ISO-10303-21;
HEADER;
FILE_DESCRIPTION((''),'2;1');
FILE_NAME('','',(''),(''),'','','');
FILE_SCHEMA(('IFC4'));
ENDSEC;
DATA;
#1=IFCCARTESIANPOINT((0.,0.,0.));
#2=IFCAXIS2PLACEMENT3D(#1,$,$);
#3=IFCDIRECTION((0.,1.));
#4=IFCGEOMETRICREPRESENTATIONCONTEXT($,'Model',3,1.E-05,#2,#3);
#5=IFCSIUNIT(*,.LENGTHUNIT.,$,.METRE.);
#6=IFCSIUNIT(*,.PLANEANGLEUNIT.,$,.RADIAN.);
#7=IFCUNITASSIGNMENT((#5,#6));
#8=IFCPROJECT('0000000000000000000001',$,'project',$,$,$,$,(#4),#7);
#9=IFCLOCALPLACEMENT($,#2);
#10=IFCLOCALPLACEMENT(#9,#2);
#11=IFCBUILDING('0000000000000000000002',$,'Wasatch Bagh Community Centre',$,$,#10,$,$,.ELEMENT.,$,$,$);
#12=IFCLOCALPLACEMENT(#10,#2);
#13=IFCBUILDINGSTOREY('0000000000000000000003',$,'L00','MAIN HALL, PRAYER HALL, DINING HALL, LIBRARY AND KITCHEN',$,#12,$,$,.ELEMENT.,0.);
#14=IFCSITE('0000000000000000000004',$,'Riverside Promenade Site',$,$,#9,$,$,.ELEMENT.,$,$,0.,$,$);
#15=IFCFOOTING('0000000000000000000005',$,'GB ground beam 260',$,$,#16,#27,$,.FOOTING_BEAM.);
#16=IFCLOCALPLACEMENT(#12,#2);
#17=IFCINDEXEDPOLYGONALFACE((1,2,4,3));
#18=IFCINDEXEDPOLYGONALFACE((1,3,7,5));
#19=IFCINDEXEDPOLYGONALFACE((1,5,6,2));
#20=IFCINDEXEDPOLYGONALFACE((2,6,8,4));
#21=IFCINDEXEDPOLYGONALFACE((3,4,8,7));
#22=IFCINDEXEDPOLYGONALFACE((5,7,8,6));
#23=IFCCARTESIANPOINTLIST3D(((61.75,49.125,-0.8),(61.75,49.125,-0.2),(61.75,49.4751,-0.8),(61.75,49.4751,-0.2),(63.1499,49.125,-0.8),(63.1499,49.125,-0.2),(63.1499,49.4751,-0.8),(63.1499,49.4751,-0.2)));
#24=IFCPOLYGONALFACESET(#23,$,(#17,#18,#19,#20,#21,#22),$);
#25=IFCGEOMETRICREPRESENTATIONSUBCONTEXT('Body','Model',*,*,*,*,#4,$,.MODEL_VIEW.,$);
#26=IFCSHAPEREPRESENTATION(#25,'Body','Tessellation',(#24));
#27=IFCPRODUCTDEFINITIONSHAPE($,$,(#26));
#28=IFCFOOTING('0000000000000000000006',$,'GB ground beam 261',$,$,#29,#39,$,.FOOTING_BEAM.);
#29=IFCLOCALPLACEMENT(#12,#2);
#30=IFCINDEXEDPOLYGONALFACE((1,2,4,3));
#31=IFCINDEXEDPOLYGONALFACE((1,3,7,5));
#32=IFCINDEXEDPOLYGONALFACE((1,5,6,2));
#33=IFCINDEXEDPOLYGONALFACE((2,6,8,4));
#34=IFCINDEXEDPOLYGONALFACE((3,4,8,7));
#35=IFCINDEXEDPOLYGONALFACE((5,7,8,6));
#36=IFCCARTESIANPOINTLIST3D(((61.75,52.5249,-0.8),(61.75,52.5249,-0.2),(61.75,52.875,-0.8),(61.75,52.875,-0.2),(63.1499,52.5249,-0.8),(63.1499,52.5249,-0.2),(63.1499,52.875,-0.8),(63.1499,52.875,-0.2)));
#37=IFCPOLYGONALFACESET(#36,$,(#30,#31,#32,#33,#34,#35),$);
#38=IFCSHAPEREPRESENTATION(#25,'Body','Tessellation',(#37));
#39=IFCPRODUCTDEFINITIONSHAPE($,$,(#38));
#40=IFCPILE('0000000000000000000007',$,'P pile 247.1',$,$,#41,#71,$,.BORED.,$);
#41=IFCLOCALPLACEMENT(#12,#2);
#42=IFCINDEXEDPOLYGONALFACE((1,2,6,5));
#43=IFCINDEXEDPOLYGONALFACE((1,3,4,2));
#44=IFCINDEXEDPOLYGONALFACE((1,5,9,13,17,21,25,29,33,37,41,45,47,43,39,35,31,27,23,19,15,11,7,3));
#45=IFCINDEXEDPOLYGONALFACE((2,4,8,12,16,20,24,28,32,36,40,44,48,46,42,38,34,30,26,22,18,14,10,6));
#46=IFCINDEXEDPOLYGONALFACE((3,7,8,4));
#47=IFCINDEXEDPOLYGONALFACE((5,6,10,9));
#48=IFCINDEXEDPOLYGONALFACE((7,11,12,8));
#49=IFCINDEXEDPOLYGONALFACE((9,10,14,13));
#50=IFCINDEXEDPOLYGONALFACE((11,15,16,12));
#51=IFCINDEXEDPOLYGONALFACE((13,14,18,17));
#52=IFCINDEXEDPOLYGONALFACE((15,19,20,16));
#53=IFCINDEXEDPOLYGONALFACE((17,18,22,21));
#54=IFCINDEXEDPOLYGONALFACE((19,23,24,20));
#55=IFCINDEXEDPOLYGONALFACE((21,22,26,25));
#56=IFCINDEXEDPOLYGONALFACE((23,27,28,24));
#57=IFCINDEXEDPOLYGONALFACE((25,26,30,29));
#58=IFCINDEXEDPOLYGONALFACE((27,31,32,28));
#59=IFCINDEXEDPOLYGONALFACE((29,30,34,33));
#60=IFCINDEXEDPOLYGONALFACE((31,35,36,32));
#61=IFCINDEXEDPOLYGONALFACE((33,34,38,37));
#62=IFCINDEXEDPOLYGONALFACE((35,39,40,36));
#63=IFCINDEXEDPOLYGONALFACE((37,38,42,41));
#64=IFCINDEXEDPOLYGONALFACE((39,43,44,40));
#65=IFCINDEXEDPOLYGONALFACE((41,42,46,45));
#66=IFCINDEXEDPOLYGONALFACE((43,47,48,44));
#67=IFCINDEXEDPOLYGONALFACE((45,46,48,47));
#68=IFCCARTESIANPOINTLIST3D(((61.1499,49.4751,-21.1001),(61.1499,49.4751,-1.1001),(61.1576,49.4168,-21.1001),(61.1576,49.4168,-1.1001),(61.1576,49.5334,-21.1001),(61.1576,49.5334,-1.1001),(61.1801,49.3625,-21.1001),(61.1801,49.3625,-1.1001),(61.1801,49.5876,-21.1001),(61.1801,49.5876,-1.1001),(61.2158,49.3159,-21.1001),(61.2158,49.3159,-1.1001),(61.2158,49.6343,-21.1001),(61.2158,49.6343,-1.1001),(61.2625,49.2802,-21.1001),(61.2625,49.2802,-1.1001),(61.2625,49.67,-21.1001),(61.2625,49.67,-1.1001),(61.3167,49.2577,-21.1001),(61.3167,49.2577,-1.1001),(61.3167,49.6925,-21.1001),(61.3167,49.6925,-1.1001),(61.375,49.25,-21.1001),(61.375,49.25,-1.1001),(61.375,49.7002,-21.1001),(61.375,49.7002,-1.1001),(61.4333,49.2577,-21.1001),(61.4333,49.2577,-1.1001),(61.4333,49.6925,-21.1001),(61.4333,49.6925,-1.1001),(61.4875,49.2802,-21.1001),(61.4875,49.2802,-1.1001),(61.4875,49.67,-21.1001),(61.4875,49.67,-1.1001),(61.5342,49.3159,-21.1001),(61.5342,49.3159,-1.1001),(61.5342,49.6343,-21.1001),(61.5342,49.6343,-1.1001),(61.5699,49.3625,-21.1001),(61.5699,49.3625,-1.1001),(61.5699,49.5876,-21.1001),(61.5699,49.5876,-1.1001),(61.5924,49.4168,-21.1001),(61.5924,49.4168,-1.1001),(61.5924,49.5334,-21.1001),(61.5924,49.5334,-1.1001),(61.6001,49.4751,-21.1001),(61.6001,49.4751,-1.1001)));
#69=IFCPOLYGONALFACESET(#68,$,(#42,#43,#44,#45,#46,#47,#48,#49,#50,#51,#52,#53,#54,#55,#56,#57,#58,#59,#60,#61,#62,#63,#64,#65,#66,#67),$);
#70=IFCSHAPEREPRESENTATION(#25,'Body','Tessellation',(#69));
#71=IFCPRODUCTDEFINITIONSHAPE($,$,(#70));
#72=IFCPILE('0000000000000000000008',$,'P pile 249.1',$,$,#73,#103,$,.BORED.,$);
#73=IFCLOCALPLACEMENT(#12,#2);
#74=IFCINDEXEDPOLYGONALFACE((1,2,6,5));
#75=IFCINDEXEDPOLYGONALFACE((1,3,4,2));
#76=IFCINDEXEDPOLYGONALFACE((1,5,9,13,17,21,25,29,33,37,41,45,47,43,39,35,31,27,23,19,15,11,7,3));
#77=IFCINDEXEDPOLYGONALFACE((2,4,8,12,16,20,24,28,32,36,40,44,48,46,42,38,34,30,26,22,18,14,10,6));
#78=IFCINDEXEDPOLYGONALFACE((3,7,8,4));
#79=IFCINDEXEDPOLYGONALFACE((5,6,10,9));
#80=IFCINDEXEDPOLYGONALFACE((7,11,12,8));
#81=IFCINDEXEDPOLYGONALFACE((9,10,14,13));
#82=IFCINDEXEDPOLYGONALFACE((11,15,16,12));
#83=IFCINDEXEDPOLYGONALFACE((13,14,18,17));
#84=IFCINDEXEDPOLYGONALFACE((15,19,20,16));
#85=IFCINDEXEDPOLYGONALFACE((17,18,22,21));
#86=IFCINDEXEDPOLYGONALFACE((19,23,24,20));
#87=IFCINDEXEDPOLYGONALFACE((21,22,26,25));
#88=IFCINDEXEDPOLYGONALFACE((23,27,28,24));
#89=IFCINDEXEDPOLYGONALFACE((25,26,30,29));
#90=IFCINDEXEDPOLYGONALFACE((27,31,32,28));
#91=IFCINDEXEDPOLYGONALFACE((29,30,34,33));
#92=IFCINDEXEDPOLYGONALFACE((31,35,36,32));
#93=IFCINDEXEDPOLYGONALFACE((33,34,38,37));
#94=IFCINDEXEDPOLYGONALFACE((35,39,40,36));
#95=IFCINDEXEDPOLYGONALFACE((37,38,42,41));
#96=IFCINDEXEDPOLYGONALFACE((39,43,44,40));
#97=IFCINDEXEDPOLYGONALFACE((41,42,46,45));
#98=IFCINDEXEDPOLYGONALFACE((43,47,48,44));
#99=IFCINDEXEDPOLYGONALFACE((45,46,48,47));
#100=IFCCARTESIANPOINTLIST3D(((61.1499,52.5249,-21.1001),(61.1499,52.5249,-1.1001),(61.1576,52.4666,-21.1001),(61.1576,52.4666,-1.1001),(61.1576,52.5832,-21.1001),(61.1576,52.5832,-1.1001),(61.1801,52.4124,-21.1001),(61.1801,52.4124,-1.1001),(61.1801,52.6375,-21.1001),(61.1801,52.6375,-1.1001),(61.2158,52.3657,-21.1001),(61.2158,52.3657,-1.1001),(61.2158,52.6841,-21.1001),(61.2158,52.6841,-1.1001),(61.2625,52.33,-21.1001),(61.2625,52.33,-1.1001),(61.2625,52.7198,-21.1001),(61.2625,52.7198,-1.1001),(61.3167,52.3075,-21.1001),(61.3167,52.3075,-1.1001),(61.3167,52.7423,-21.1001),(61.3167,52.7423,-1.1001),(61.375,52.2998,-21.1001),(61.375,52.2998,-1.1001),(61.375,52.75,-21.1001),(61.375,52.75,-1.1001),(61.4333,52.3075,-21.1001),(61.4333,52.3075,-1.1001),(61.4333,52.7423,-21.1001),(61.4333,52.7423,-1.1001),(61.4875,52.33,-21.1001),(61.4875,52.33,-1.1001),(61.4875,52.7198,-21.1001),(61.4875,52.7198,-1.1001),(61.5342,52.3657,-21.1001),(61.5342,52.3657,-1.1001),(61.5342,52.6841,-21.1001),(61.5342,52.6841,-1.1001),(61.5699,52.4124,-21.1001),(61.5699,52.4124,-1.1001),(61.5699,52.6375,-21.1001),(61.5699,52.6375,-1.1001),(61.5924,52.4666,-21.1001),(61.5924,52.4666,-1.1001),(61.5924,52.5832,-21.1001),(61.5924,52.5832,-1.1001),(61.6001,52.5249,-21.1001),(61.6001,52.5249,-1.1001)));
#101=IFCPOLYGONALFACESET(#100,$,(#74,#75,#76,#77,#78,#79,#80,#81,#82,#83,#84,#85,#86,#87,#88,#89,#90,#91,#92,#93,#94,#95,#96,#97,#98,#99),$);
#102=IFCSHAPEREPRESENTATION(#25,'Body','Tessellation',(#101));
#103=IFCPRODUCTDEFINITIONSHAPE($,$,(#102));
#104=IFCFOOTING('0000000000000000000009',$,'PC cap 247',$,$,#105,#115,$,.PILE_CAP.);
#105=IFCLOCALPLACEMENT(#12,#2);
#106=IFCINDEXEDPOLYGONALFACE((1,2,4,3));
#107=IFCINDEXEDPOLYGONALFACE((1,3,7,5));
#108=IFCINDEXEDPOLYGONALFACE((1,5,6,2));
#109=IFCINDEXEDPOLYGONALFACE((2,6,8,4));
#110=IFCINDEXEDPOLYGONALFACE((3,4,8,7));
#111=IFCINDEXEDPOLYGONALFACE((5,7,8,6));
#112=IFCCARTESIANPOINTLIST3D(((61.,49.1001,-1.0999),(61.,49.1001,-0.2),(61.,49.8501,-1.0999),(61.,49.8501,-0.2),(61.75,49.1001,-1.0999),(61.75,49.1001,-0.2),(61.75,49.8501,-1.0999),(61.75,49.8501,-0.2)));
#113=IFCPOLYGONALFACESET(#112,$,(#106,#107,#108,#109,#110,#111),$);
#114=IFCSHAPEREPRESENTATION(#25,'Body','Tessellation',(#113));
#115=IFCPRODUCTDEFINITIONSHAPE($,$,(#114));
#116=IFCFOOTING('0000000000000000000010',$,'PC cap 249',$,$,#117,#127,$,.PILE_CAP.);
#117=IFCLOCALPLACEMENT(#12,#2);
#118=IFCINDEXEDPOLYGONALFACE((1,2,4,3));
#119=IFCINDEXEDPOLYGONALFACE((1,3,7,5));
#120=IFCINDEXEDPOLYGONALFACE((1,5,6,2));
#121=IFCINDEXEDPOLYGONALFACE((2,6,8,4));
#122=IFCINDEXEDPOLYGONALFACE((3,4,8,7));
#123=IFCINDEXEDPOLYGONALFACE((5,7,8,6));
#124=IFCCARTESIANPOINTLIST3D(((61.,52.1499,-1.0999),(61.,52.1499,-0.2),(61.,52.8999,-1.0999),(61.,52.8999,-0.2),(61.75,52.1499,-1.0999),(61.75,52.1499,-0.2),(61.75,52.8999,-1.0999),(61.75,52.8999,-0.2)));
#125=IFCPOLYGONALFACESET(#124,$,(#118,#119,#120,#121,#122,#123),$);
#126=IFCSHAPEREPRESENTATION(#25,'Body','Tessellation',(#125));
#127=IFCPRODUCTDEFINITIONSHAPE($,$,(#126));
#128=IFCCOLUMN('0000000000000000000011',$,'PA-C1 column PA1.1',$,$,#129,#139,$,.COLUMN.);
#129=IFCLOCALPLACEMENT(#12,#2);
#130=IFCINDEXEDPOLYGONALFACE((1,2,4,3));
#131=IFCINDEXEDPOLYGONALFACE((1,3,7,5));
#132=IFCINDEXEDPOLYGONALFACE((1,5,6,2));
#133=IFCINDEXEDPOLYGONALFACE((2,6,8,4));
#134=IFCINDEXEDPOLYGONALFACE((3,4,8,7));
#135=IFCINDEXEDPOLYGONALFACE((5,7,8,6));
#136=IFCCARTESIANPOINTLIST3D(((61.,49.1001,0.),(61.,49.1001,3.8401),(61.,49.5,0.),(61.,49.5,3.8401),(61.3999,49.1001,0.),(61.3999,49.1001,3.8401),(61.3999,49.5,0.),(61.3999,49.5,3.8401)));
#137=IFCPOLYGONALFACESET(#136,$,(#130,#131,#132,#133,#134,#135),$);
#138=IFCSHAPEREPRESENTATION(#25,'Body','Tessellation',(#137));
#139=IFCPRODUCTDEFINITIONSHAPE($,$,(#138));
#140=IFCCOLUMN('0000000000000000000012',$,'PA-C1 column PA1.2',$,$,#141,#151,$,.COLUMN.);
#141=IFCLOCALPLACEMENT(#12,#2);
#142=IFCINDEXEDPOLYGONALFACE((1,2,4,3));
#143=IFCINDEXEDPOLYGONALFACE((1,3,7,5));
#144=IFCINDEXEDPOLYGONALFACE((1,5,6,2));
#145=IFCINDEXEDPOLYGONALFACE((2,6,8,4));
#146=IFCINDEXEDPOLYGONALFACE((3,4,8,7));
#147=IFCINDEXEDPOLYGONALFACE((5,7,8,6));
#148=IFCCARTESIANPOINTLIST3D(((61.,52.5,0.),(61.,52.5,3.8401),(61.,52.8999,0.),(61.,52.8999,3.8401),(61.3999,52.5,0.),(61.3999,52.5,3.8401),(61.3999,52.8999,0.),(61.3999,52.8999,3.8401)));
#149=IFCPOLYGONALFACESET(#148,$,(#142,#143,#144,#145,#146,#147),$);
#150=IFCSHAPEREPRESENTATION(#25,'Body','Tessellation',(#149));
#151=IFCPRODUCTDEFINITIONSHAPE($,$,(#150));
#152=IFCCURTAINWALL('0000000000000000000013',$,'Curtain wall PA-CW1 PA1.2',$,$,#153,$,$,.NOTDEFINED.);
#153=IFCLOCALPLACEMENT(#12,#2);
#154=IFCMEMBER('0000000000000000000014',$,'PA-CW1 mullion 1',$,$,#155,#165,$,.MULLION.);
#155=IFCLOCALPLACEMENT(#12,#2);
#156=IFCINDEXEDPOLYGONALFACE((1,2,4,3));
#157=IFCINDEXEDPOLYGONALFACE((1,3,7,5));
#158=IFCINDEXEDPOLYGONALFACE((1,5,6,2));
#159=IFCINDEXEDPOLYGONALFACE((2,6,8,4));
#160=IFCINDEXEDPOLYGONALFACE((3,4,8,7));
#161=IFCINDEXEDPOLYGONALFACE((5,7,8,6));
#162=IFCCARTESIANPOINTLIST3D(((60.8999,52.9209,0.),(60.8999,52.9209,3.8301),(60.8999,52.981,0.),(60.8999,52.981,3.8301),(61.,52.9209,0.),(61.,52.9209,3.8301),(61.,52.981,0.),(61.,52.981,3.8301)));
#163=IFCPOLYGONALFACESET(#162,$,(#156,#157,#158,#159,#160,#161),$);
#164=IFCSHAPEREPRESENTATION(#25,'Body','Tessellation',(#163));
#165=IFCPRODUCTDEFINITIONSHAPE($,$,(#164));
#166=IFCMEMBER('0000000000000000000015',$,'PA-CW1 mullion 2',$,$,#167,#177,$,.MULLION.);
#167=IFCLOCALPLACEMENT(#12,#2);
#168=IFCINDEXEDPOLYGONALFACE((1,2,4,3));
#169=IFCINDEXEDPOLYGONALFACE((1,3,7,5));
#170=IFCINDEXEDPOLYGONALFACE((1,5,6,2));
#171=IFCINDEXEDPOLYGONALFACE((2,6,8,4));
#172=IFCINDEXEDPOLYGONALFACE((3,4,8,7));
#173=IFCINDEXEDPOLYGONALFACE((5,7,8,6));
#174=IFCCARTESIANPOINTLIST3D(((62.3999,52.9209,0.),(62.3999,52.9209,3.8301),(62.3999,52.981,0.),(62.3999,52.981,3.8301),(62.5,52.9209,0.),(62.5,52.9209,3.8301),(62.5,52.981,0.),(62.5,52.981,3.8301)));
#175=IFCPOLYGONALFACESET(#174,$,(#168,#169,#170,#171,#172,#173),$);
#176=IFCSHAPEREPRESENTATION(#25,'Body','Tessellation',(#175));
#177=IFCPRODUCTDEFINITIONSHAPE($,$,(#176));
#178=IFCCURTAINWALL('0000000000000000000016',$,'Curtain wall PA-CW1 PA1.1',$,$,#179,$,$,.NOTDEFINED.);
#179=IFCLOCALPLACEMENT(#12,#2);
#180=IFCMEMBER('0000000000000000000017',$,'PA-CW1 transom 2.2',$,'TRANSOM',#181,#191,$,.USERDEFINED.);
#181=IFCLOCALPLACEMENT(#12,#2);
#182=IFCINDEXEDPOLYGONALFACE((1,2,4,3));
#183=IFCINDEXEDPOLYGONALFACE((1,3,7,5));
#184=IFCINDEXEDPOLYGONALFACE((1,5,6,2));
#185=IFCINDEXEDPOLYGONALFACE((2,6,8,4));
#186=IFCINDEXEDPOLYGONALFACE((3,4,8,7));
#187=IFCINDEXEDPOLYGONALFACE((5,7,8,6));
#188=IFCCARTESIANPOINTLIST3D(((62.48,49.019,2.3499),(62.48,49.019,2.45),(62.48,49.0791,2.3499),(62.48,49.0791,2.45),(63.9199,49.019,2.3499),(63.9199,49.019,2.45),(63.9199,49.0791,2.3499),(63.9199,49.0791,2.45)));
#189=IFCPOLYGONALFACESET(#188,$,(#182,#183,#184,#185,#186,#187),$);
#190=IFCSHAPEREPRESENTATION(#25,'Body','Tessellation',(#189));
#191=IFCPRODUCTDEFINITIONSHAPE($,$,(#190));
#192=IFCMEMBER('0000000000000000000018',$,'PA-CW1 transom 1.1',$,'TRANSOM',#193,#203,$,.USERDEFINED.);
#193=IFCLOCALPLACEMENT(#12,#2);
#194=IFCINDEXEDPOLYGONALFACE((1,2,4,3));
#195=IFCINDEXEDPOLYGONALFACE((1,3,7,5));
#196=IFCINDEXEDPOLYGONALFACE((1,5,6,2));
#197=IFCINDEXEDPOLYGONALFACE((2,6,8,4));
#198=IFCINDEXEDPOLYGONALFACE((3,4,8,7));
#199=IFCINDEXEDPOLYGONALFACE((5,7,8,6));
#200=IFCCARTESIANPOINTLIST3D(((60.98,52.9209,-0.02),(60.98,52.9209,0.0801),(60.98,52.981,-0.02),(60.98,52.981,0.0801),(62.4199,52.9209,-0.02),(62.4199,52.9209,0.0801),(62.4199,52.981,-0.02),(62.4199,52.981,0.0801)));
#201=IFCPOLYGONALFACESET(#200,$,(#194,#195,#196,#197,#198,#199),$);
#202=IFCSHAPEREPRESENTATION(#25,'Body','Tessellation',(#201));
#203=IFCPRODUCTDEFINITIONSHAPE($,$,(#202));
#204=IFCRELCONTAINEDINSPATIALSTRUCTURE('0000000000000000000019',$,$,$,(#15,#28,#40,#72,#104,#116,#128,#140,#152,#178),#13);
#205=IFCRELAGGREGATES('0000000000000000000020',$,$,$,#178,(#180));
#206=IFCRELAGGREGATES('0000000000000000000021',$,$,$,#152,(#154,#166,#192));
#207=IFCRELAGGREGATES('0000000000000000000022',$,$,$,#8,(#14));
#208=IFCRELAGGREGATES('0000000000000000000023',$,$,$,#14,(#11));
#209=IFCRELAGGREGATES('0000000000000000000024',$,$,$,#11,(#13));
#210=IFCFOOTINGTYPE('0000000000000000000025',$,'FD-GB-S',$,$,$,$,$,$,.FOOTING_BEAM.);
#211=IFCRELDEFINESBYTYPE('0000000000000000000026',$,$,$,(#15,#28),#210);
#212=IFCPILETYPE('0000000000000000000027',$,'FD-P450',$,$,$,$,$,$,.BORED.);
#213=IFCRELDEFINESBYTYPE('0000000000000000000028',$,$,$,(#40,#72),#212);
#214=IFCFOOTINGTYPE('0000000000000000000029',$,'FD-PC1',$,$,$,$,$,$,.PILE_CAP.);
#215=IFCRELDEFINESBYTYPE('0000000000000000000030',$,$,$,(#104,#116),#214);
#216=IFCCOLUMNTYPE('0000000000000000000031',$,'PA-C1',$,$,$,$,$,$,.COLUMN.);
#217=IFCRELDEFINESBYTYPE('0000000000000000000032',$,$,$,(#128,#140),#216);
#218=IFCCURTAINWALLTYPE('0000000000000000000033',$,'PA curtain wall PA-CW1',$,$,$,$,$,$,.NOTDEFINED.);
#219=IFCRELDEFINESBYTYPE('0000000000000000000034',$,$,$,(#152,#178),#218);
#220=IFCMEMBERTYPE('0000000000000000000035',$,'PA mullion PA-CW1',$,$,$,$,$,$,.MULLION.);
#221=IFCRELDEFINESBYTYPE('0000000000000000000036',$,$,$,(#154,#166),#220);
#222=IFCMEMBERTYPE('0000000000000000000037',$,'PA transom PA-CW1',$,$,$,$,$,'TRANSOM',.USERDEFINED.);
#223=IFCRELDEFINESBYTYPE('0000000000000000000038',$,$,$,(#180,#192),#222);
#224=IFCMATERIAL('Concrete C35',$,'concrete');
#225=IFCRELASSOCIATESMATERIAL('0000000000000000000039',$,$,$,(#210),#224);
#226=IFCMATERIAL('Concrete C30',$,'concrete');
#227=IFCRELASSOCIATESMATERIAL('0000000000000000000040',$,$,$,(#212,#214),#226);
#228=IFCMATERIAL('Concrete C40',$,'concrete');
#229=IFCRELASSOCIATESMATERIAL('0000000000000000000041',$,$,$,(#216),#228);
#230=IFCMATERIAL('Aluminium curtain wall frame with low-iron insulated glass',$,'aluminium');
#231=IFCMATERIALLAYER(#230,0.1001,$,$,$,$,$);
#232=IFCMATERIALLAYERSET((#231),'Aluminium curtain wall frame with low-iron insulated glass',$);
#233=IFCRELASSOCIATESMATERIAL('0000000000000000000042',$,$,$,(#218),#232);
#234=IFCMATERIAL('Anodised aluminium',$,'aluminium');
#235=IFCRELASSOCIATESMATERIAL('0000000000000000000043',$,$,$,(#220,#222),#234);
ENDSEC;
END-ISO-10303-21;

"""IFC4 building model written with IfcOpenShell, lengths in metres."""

from ifc_helpers import new_model, si_unit, direction, frame, origin, origin_2d, place, context, subcontext, project, spatial, rectangle, circle, extrude, material, layer, layer_set, material_profile, profile_set, type_object, element, aggregate, save


model = new_model("IFC4")

# Units and contexts
model_context = context("Model", 3, precision=1e-05, world=origin(), true_north=direction((0.0, 1.0)))
body_context = subcontext(model_context, "Body", "Model", "MODEL_VIEW")
ifc_project = project(units=[si_unit("LENGTHUNIT", "METRE"), si_unit("PLANEANGLEUNIT", "RADIAN")], contexts=[model_context])

# Site, building, storey
site_placement = place(None, origin())
site = spatial("IfcSite", under=ifc_project, at=site_placement, Name="Riverside Promenade Site", CompositionType="ELEMENT", RefElevation=0.0)
building_placement = place(site_placement, origin())
building = spatial("IfcBuilding", under=site, at=building_placement, Name="Wasatch Bagh Community Centre", CompositionType="ELEMENT")
storey_placement = place(building_placement, origin())
storey = spatial("IfcBuildingStorey", under=building, at=storey_placement, Name="L00", Description="MAIN HALL, PRAYER HALL, DINING HALL, LIBRARY AND KITCHEN", CompositionType="ELEMENT", Elevation=0.0)

# Footings
ifc_material_1 = material(Name="Concrete C35", Category="concrete")
footing_type_1 = type_object("IfcFootingType", Name="FD-GB-S", PredefinedType="FOOTING_BEAM", material=ifc_material_1)
for number, where, z_axis, x_axis, name in (
    (1, (62.45, 49.3, -0.8), (0.0, 0.0, 1.0), (1.0, 0.0, 0.0), "GB ground beam 260"),
    (2, (62.45, 52.7, -0.8), (0.0, 0.0, 1.0), (1.0, 0.0, 0.0), "GB ground beam 261"),
):
    element("IfcFooting", number, at=place(storey_placement, frame(where, z_axis=z_axis, x_axis=x_axis)), inside=storey, type_object=footing_type_1, Name=name, PredefinedType="FOOTING_BEAM", context=body_context, shape_type="SweptSolid", body=[
        extrude(rectangle(XDim=1.3999, YDim=0.3501, at=origin_2d()), origin(), (0.0, 0.0, 1.0), 0.6001),
    ])

# Piles
ifc_material_2 = material(Name="Concrete C30", Category="concrete")
ifc_material_profile_1 = material_profile(ifc_material_2, circle(Radius=0.2251, at=origin_2d()), Name="RC D450")
ifc_profile_set_1 = profile_set([ifc_material_profile_1], Name="Concrete C30")
pile_type = type_object("IfcPileType", Name="FD-P450", PredefinedType="BORED", material=ifc_profile_set_1)
for number, where, z_axis, x_axis, name in (
    (3, (61.375, 49.4751, -1.1001), (0.0, 0.0, -1.0), (1.0, 0.0, 0.0), "P pile 247.1"),
    (4, (61.375, 52.5249, -1.1001), (0.0, 0.0, -1.0), (1.0, 0.0, 0.0), "P pile 249.1"),
):
    element("IfcPile", number, at=place(storey_placement, frame(where, z_axis=z_axis, x_axis=x_axis)), inside=storey, type_object=pile_type, Name=name, PredefinedType="BORED", context=body_context, shape_type="SweptSolid", body=[
        extrude(circle(Radius=0.2251, at=origin_2d()), origin(), (0.0, 0.0, 1.0), 20.0),
    ])

# Footings
footing_type_2 = type_object("IfcFootingType", Name="FD-PC1", PredefinedType="PILE_CAP", material=ifc_material_2)
for number, where, z_axis, x_axis, name in (
    (5, (61.375, 49.4751, -1.0999), (0.0, 0.0, 1.0), (1.0, 0.0, 0.0), "PC cap 247"),
    (6, (61.375, 52.5249, -1.0999), (0.0, 0.0, 1.0), (1.0, 0.0, 0.0), "PC cap 249"),
):
    element("IfcFooting", number, at=place(storey_placement, frame(where, z_axis=z_axis, x_axis=x_axis)), inside=storey, type_object=footing_type_2, Name=name, PredefinedType="PILE_CAP", context=body_context, shape_type="SweptSolid", body=[
        extrude(rectangle(XDim=0.75, YDim=0.75, at=origin_2d()), origin(), (0.0, 0.0, 1.0), 0.8999),
    ])

# Columns
ifc_material_3 = material(Name="Concrete C40", Category="concrete")
ifc_material_profile_2 = material_profile(ifc_material_3, rectangle(XDim=0.3999, YDim=0.3999, at=origin_2d()), Name="RC 400x400")
ifc_profile_set_2 = profile_set([ifc_material_profile_2], Name="Concrete C40")
column_type = type_object("IfcColumnType", Name="PA-C1", PredefinedType="COLUMN", material=ifc_profile_set_2)
for number, where, z_axis, x_axis, name in (
    (7, (61.2, 49.3, 0.0), (0.0, 0.0, 1.0), (1.0, 0.0, 0.0), "PA-C1 column PA1.1"),
    (8, (61.2, 52.7, 0.0), (0.0, 0.0, 1.0), (1.0, 0.0, 0.0), "PA-C1 column PA1.2"),
):
    element("IfcColumn", number, at=place(storey_placement, frame(where, z_axis=z_axis, x_axis=x_axis)), inside=storey, type_object=column_type, Name=name, PredefinedType="COLUMN", context=body_context, shape_type="SweptSolid", body=[
        extrude(rectangle(XDim=0.3999, YDim=0.3999, at=origin_2d()), origin(), (0.0, 0.0, 1.0), 3.8401),
    ])

# Curtain wall, members
ifc_material_4 = material(Name="Aluminium curtain wall frame with low-iron insulated glass", Category="aluminium")
ifc_layer_1 = layer(ifc_material_4, 0.1001)
ifc_layer_set_1 = layer_set([ifc_layer_1], Name="Aluminium curtain wall frame with low-iron insulated glass")
curtain_wall_type = type_object("IfcCurtainWallType", Name="PA curtain wall PA-CW1", PredefinedType="NOTDEFINED", material=ifc_layer_set_1)
curtain_wall_1_placement = place(storey_placement, origin())
curtain_wall_1 = element("IfcCurtainWall", 9, at=curtain_wall_1_placement, inside=storey, type_object=curtain_wall_type, Name="Curtain wall PA-CW1 PA1.2", PredefinedType="NOTDEFINED")
ifc_material_5 = material(Name="Anodised aluminium", Category="aluminium")
ifc_material_profile_3 = material_profile(ifc_material_5, rectangle(XDim=0.0601, YDim=0.1001, at=origin_2d()), Name="PA mullion PA-CW1")
ifc_profile_set_3 = profile_set([ifc_material_profile_3], Name="Anodised aluminium")
member_type_1 = type_object("IfcMemberType", Name="PA mullion PA-CW1", PredefinedType="MULLION", material=ifc_profile_set_3)
member_1_placement = place(storey_placement, frame((60.95, 52.9509, 0.0), z_axis=(0.0, 0.0, 1.0), x_axis=(0.0, 1.0, 0.0)))
member_1 = element("IfcMember", 10, at=member_1_placement, type_object=member_type_1, Name="PA-CW1 mullion 1", PredefinedType="MULLION", context=body_context, shape_type="SweptSolid", body=[
    extrude(rectangle(XDim=0.0601, YDim=0.1001, at=origin_2d()), origin(), (0.0, 0.0, 1.0), 3.8301),
])
member_2_placement = place(storey_placement, frame((62.45, 52.9509, 0.0), z_axis=(0.0, 0.0, 1.0), x_axis=(0.0, 1.0, 0.0)))
member_2 = element("IfcMember", 11, at=member_2_placement, type_object=member_type_1, Name="PA-CW1 mullion 2", PredefinedType="MULLION", context=body_context, shape_type="SweptSolid", body=[
    extrude(rectangle(XDim=0.0601, YDim=0.1001, at=origin_2d()), origin(), (0.0, 0.0, 1.0), 3.8301),
])

# Curtain wall, member
curtain_wall_2_placement = place(storey_placement, origin())
curtain_wall_2 = element("IfcCurtainWall", 12, at=curtain_wall_2_placement, inside=storey, type_object=curtain_wall_type, Name="Curtain wall PA-CW1 PA1.1", PredefinedType="NOTDEFINED")
ifc_material_profile_4 = material_profile(ifc_material_5, rectangle(XDim=0.0601, YDim=0.1001, at=origin_2d()), Name="PA transom PA-CW1")
ifc_profile_set_4 = profile_set([ifc_material_profile_4], Name="Anodised aluminium")
member_type_2 = type_object("IfcMemberType", Name="PA transom PA-CW1", ElementType="TRANSOM", PredefinedType="USERDEFINED", material=ifc_profile_set_4)
member_3_placement = place(storey_placement, frame((62.48, 49.0491, 2.3999), z_axis=(1.0, 0.0, 0.0), x_axis=(0.0, 1.0, 0.0)))
member_3 = element("IfcMember", 13, at=member_3_placement, type_object=member_type_2, Name="PA-CW1 transom 2.2", ObjectType="TRANSOM", PredefinedType="USERDEFINED", context=body_context, shape_type="SweptSolid", body=[
    extrude(rectangle(XDim=0.0601, YDim=0.1001, at=origin_2d()), origin(), (0.0, 0.0, 1.0), 1.4399),
])
aggregate(curtain_wall_2, [member_3])

# Member
member_4_placement = place(storey_placement, frame((60.98, 52.9509, 0.03), z_axis=(1.0, 0.0, 0.0), x_axis=(0.0, 1.0, 0.0)))
member_4 = element("IfcMember", 14, at=member_4_placement, type_object=member_type_2, Name="PA-CW1 transom 1.1", ObjectType="TRANSOM", PredefinedType="USERDEFINED", context=body_context, shape_type="SweptSolid", body=[
    extrude(rectangle(XDim=0.0601, YDim=0.1001, at=origin_2d()), origin(), (0.0, 0.0, 1.0), 1.4399),
])

aggregate(curtain_wall_1, [member_1, member_2, member_4])

save(model, "model.ifc")
